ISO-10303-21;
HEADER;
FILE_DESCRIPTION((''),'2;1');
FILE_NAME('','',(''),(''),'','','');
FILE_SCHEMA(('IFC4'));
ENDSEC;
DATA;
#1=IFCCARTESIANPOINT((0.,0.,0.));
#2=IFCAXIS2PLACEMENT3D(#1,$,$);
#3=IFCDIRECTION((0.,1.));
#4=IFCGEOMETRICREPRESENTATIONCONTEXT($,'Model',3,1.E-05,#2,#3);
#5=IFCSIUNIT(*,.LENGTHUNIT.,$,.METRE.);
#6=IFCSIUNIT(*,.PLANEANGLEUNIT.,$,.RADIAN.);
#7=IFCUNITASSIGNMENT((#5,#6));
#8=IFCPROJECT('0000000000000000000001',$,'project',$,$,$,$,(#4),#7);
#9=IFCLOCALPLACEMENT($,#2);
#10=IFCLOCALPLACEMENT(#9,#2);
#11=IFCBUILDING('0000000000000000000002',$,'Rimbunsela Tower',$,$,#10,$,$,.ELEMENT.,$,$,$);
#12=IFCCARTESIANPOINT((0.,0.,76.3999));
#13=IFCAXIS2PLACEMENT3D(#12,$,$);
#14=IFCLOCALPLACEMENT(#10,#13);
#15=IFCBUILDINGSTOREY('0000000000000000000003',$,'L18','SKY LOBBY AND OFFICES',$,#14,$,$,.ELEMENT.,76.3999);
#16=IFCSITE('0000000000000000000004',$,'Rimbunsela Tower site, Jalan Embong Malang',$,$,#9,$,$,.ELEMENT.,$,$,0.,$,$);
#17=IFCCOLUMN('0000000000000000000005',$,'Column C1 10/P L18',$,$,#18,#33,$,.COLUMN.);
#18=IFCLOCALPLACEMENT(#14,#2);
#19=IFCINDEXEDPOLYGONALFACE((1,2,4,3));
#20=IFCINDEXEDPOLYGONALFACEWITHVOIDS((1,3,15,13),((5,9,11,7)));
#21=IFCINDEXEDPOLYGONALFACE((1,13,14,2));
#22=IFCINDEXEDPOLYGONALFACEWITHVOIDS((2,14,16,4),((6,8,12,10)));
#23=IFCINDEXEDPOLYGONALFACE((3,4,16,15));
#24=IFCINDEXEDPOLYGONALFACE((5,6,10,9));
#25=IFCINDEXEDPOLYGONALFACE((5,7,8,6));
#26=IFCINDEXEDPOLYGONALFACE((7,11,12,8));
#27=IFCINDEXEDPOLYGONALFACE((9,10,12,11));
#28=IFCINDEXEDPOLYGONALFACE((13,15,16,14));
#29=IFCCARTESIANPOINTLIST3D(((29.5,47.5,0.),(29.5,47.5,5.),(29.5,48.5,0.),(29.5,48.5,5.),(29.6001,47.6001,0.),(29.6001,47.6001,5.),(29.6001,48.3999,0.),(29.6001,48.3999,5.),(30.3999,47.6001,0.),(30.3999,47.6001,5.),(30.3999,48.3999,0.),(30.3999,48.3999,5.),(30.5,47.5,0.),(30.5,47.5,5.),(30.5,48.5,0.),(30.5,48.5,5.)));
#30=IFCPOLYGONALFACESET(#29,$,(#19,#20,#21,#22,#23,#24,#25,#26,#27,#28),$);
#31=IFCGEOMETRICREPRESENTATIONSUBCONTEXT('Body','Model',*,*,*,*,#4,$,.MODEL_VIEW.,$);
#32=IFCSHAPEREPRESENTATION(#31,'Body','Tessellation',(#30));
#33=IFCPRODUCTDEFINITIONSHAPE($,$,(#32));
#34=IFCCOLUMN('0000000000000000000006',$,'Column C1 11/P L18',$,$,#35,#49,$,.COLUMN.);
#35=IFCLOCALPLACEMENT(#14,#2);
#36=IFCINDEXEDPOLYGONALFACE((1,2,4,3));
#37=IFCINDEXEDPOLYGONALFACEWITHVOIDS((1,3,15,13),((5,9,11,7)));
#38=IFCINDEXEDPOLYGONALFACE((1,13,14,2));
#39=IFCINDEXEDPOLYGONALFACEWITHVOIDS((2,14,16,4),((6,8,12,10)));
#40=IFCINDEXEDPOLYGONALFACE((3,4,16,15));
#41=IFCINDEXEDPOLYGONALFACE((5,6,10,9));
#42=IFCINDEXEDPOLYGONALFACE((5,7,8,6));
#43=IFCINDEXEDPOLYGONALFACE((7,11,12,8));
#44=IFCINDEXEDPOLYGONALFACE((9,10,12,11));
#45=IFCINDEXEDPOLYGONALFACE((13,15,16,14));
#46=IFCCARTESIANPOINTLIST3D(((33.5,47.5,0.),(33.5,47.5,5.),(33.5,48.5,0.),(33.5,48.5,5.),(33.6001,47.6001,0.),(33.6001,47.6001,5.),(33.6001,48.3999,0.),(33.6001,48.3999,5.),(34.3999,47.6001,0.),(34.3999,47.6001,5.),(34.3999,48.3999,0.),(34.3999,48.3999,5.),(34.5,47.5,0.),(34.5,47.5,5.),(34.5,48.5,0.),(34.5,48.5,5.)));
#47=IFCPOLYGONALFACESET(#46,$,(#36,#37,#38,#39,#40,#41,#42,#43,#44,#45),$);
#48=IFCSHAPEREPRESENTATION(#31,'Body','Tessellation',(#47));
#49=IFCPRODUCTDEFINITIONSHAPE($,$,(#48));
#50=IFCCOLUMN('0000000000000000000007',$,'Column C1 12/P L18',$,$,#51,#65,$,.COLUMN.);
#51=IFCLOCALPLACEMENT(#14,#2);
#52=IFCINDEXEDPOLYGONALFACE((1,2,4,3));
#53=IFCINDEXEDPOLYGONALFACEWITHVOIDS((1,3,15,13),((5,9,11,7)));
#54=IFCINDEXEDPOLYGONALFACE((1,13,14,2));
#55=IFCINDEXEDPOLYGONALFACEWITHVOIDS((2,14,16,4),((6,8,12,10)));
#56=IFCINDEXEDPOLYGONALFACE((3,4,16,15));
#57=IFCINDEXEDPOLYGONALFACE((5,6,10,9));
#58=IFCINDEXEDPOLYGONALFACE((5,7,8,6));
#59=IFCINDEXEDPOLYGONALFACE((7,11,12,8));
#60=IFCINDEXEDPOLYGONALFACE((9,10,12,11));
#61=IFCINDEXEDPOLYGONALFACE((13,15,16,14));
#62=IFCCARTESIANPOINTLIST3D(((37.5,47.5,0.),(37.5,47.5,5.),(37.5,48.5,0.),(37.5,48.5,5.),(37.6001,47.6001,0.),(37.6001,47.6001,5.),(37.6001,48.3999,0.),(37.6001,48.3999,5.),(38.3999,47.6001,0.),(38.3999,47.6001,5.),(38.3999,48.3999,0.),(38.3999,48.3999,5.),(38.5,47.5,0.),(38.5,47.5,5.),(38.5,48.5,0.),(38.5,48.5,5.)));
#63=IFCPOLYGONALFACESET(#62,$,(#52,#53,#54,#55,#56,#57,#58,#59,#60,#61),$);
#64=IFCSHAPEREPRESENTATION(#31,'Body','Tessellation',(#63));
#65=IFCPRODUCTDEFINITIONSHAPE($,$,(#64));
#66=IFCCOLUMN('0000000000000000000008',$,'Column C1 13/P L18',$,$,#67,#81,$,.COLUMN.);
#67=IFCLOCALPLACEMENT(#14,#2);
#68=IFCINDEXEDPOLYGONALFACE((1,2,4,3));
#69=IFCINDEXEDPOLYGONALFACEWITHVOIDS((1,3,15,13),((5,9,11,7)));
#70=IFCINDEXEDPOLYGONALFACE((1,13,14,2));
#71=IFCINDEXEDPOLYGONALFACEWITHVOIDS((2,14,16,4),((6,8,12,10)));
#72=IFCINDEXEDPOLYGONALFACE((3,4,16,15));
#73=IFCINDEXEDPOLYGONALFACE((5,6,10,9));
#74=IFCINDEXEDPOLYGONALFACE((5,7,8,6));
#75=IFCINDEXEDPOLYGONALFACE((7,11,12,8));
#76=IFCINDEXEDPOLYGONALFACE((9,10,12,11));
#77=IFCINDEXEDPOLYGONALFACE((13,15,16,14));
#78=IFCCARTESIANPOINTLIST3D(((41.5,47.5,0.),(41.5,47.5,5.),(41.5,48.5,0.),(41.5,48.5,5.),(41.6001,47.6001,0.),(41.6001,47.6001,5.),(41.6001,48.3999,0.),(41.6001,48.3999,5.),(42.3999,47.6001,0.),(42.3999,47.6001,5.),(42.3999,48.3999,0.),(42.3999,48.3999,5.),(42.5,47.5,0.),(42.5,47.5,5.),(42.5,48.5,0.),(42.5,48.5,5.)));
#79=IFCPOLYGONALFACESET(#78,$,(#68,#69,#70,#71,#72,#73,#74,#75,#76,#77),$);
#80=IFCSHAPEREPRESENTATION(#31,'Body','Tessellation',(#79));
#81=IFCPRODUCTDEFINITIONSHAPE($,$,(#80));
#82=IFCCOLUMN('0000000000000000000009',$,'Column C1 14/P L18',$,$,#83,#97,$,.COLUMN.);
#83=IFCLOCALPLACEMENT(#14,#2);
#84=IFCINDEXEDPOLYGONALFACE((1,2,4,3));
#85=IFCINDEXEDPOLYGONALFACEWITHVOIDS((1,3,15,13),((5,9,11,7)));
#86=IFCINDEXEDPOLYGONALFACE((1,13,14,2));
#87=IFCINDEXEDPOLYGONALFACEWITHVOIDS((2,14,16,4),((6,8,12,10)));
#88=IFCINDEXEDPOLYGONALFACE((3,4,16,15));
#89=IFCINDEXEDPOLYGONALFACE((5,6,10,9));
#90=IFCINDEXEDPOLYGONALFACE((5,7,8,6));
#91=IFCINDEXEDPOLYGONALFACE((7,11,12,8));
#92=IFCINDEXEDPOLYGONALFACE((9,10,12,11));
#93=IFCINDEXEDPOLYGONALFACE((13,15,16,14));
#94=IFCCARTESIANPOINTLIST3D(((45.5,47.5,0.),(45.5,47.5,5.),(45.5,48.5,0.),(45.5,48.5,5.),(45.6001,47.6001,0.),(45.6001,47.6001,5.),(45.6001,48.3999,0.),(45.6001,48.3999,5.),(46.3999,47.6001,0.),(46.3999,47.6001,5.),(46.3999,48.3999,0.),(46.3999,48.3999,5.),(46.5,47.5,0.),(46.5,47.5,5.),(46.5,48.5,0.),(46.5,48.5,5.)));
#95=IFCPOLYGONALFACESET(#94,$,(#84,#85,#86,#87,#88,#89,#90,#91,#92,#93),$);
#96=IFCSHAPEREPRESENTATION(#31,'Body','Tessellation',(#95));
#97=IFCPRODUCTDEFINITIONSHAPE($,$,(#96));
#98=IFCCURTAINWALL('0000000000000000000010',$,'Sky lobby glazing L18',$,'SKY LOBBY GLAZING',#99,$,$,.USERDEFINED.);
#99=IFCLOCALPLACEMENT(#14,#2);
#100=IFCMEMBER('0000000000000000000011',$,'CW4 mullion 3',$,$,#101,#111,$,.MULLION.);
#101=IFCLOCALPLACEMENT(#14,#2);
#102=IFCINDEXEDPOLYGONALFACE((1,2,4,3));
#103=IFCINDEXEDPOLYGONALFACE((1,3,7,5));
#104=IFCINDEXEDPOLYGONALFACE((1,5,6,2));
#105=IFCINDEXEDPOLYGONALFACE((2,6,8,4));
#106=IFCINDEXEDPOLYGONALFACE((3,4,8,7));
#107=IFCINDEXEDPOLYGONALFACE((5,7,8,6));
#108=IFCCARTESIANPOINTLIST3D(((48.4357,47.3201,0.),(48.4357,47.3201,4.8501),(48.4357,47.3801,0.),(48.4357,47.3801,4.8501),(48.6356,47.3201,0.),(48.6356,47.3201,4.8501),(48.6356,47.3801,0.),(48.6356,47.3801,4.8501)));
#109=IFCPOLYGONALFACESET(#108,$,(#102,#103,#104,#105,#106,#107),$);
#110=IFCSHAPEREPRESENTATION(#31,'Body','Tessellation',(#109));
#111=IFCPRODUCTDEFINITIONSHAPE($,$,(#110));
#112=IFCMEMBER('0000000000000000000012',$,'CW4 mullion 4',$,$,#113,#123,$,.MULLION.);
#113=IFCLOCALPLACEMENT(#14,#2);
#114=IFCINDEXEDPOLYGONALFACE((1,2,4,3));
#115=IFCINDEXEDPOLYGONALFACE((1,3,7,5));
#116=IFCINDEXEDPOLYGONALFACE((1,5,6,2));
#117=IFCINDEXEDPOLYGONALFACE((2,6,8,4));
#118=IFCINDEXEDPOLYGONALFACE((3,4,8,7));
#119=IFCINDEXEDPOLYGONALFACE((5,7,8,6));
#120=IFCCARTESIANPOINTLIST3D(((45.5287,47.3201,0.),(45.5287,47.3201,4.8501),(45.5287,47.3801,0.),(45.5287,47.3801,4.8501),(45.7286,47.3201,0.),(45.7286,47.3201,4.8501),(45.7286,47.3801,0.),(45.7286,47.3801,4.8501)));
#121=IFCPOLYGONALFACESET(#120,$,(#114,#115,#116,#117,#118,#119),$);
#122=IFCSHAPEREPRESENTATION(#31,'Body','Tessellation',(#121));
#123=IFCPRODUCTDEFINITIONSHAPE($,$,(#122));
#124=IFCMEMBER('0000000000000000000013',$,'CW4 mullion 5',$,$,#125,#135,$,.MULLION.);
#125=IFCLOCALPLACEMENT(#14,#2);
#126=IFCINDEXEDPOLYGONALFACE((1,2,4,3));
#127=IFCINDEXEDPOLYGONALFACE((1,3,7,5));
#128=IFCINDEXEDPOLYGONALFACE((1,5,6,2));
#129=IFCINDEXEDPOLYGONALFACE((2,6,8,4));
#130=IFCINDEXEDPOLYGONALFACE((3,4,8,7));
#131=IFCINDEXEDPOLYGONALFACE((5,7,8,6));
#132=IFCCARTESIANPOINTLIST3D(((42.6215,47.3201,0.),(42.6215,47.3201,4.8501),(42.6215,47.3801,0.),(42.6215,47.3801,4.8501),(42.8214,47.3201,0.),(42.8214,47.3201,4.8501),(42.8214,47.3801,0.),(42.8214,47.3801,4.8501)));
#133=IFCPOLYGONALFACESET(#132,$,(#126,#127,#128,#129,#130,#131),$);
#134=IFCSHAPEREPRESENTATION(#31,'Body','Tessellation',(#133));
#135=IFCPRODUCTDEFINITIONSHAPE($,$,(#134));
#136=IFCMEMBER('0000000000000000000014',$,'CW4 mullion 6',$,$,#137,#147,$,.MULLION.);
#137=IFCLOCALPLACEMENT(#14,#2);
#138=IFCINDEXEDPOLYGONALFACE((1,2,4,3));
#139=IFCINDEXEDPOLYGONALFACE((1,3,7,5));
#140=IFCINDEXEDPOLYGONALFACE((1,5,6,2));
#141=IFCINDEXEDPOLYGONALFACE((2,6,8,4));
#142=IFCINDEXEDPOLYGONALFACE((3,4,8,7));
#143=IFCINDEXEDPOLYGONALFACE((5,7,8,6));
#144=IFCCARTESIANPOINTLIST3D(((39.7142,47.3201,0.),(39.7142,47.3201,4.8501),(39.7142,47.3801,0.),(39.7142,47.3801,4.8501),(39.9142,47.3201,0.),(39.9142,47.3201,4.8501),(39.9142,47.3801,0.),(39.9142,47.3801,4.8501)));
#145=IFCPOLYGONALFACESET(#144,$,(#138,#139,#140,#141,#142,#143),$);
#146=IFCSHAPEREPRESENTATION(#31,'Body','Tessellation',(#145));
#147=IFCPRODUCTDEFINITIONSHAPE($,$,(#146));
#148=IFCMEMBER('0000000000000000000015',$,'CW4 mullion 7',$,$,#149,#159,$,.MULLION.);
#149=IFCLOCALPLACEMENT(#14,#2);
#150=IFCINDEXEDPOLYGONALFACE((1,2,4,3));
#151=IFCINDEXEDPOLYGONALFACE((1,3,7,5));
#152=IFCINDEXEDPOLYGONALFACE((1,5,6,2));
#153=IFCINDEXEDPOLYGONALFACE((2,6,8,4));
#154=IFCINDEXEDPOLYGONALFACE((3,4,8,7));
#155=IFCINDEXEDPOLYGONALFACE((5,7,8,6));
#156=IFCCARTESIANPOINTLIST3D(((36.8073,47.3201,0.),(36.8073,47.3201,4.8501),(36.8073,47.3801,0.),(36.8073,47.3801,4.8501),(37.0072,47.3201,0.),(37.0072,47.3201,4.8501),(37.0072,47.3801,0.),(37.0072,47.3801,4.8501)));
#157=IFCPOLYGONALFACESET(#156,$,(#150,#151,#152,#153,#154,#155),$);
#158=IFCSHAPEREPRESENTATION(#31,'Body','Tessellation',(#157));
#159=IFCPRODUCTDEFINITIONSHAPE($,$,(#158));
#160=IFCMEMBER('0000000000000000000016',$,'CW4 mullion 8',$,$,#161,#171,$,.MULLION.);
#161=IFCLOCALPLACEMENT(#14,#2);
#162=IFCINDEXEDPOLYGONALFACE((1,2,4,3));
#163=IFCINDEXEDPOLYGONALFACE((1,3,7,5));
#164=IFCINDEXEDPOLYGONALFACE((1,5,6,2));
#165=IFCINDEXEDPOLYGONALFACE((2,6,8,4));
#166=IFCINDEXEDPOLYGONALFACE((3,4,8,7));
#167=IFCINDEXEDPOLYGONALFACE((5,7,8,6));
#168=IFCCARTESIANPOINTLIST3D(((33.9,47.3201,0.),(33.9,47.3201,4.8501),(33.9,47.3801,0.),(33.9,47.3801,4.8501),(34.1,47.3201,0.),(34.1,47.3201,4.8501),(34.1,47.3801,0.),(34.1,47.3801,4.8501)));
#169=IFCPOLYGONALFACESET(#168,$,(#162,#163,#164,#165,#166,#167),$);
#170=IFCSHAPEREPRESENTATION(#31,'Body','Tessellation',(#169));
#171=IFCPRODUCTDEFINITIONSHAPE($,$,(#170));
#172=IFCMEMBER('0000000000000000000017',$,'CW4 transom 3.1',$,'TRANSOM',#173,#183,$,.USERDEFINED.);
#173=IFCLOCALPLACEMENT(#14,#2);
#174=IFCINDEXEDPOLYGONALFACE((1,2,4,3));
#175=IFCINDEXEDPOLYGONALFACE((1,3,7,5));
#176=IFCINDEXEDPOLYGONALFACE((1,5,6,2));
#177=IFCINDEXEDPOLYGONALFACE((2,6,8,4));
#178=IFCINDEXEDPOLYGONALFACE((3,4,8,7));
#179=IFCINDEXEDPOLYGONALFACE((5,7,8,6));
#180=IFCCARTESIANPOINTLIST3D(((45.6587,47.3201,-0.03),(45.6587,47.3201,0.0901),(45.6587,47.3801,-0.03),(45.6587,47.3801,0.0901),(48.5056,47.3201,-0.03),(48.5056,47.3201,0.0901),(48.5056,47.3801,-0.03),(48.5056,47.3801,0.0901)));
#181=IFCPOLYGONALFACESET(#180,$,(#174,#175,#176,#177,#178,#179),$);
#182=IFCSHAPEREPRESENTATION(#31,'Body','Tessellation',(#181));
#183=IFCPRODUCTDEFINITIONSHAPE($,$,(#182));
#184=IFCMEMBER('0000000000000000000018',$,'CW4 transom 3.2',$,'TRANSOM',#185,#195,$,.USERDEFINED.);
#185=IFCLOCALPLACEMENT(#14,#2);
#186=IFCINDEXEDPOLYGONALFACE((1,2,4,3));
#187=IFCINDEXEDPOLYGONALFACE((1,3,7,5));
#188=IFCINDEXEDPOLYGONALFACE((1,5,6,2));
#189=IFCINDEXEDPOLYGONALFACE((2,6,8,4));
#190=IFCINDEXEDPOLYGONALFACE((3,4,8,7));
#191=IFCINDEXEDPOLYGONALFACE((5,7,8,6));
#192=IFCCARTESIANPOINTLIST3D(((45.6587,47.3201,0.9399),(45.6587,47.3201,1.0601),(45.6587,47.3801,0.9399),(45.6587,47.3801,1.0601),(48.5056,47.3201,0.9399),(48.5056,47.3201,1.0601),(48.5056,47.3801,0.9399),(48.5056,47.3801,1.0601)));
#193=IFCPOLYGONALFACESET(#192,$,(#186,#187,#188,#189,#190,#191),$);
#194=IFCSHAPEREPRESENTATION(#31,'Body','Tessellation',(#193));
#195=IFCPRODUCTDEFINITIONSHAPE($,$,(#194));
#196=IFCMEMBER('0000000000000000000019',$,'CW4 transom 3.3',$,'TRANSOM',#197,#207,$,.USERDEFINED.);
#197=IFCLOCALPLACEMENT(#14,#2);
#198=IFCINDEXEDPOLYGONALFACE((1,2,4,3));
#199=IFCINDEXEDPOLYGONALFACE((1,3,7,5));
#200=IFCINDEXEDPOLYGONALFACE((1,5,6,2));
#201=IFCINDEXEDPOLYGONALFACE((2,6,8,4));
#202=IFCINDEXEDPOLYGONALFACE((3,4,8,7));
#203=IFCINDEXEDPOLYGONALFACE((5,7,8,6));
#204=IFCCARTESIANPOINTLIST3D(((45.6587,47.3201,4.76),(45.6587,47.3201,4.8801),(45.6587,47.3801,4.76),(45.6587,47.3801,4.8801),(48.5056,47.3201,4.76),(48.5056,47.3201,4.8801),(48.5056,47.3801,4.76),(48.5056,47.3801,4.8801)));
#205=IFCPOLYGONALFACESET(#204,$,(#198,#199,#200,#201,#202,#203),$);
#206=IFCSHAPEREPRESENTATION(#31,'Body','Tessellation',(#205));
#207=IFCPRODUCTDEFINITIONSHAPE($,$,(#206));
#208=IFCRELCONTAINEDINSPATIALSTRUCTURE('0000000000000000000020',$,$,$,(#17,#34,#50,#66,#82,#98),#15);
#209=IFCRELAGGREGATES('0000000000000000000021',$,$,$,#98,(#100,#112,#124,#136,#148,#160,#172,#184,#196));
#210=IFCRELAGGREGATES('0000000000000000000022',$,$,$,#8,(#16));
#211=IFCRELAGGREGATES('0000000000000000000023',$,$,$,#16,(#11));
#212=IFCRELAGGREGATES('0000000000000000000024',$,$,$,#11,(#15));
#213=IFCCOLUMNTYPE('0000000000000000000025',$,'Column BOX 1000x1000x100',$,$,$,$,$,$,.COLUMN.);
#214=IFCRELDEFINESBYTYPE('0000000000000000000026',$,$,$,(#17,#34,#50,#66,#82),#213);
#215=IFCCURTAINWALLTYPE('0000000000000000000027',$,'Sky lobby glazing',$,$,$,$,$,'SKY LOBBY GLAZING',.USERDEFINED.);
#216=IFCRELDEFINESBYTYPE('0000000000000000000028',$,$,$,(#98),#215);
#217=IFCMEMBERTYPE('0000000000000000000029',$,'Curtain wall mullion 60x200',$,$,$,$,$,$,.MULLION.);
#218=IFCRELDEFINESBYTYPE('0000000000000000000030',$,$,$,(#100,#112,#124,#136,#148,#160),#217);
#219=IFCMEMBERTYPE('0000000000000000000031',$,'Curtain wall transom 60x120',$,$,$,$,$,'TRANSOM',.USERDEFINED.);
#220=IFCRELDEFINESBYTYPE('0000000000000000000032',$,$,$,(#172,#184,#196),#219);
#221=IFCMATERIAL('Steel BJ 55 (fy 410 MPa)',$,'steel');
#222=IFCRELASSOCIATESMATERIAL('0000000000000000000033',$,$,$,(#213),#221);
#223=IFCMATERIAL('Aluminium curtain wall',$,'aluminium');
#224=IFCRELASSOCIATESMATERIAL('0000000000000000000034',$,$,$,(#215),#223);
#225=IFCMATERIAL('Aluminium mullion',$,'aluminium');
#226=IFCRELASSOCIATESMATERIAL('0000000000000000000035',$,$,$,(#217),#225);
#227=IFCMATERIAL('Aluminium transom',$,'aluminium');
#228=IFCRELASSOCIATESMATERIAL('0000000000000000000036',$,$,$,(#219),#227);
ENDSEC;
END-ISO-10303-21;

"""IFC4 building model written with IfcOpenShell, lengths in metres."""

from ifc_helpers import new_model, si_unit, direction, frame, origin, origin_2d, place, context, subcontext, project, spatial, rectangle, hollow_rectangle, extrude, material, material_profile, profile_set, type_object, element, aggregate, save


model = new_model("IFC4")

# Units and contexts
model_context = context("Model", 3, precision=1e-05, world=origin(), true_north=direction((0.0, 1.0)))
body_context = subcontext(model_context, "Body", "Model", "MODEL_VIEW")
ifc_project = project(units=[si_unit("LENGTHUNIT", "METRE"), si_unit("PLANEANGLEUNIT", "RADIAN")], contexts=[model_context])

# Site, building, storey
site_placement = place(None, origin())
site = spatial("IfcSite", under=ifc_project, at=site_placement, Name="Rimbunsela Tower site, Jalan Embong Malang", CompositionType="ELEMENT", RefElevation=0.0)
building_placement = place(site_placement, origin())
building = spatial("IfcBuilding", under=site, at=building_placement, Name="Rimbunsela Tower", CompositionType="ELEMENT")
storey_placement = place(building_placement, frame((0.0, 0.0, 76.3999)))
storey = spatial("IfcBuildingStorey", under=building, at=storey_placement, Name="L18", Description="SKY LOBBY AND OFFICES", CompositionType="ELEMENT", Elevation=76.3999)

# Columns
ifc_material_1 = material(Name="Steel BJ 55 (fy 410 MPa)", Category="steel")
ifc_material_profile_1 = material_profile(ifc_material_1, hollow_rectangle(XDim=1.0, YDim=1.0, WallThickness=0.1001, at=origin_2d()), Name="BOX 1000x1000x100")
ifc_profile_set_1 = profile_set([ifc_material_profile_1], Name="Steel BJ 55 (fy 410 MPa)")
column_type = type_object("IfcColumnType", Name="Column BOX 1000x1000x100", PredefinedType="COLUMN", material=ifc_profile_set_1)
for number, where, z_axis, x_axis, name in (
    (1, (30.0, 48.0, 0.0), (0.0, 0.0, 1.0), (1.0, 0.0, 0.0), "Column C1 10/P L18"),
    (2, (34.0, 48.0, 0.0), (0.0, 0.0, 1.0), (1.0, 0.0, 0.0), "Column C1 11/P L18"),
    (3, (38.0, 48.0, 0.0), (0.0, 0.0, 1.0), (1.0, 0.0, 0.0), "Column C1 12/P L18"),
    (4, (42.0, 48.0, 0.0), (0.0, 0.0, 1.0), (1.0, 0.0, 0.0), "Column C1 13/P L18"),
    (5, (46.0, 48.0, 0.0), (0.0, 0.0, 1.0), (1.0, 0.0, 0.0), "Column C1 14/P L18"),
):
    element("IfcColumn", number, at=place(storey_placement, frame(where, z_axis=z_axis, x_axis=x_axis)), inside=storey, type_object=column_type, Name=name, PredefinedType="COLUMN", context=body_context, shape_type="SweptSolid", body=[
        extrude(hollow_rectangle(XDim=1.0, YDim=1.0, WallThickness=0.1001, at=origin_2d()), origin(), (0.0, 0.0, 1.0), 5.0),
    ])

# Curtain wall, members
ifc_material_2 = material(Name="Aluminium curtain wall", Category="aluminium")
curtain_wall_type = type_object("IfcCurtainWallType", Name="Sky lobby glazing", ElementType="SKY LOBBY GLAZING", PredefinedType="USERDEFINED", material=ifc_material_2)
curtain_wall_placement = place(storey_placement, origin())
curtain_wall = element("IfcCurtainWall", 6, at=curtain_wall_placement, inside=storey, type_object=curtain_wall_type, Name="Sky lobby glazing L18", ObjectType="SKY LOBBY GLAZING", PredefinedType="USERDEFINED")
ifc_material_3 = material(Name="Aluminium mullion", Category="aluminium")
ifc_material_profile_2 = material_profile(ifc_material_3, rectangle(XDim=0.0601, YDim=0.2, at=origin_2d()), Name="Mullion 60x200")
ifc_profile_set_2 = profile_set([ifc_material_profile_2], Name="Aluminium mullion")
member_type_1 = type_object("IfcMemberType", Name="Curtain wall mullion 60x200", PredefinedType="MULLION", material=ifc_profile_set_2)
member_1_placement = place(storey_placement, frame((48.5356, 47.3501, 0.0), z_axis=(0.0, 0.0, 1.0), x_axis=(0.0, -1.0, 0.0)))
member_1 = element("IfcMember", 7, at=member_1_placement, type_object=member_type_1, Name="CW4 mullion 3", PredefinedType="MULLION", context=body_context, shape_type="SweptSolid", body=[
    extrude(rectangle(XDim=0.0601, YDim=0.2, at=origin_2d()), origin(), (0.0, 0.0, 1.0), 4.8501),
])
member_2_placement = place(storey_placement, frame((45.6287, 47.3501, 0.0), z_axis=(0.0, 0.0, 1.0), x_axis=(0.0, -1.0, 0.0)))
member_2 = element("IfcMember", 8, at=member_2_placement, type_object=member_type_1, Name="CW4 mullion 4", PredefinedType="MULLION", context=body_context, shape_type="SweptSolid", body=[
    extrude(rectangle(XDim=0.0601, YDim=0.2, at=origin_2d()), origin(), (0.0, 0.0, 1.0), 4.8501),
])
member_3_placement = place(storey_placement, frame((42.7214, 47.3501, 0.0), z_axis=(0.0, 0.0, 1.0), x_axis=(0.0, -1.0, 0.0)))
member_3 = element("IfcMember", 9, at=member_3_placement, type_object=member_type_1, Name="CW4 mullion 5", PredefinedType="MULLION", context=body_context, shape_type="SweptSolid", body=[
    extrude(rectangle(XDim=0.0601, YDim=0.2, at=origin_2d()), origin(), (0.0, 0.0, 1.0), 4.8501),
])
member_4_placement = place(storey_placement, frame((39.8142, 47.3501, 0.0), z_axis=(0.0, 0.0, 1.0), x_axis=(0.0, -1.0, 0.0)))
member_4 = element("IfcMember", 10, at=member_4_placement, type_object=member_type_1, Name="CW4 mullion 6", PredefinedType="MULLION", context=body_context, shape_type="SweptSolid", body=[
    extrude(rectangle(XDim=0.0601, YDim=0.2, at=origin_2d()), origin(), (0.0, 0.0, 1.0), 4.8501),
])
member_5_placement = place(storey_placement, frame((36.9072, 47.3501, 0.0), z_axis=(0.0, 0.0, 1.0), x_axis=(0.0, -1.0, 0.0)))
member_5 = element("IfcMember", 11, at=member_5_placement, type_object=member_type_1, Name="CW4 mullion 7", PredefinedType="MULLION", context=body_context, shape_type="SweptSolid", body=[
    extrude(rectangle(XDim=0.0601, YDim=0.2, at=origin_2d()), origin(), (0.0, 0.0, 1.0), 4.8501),
])
member_6_placement = place(storey_placement, frame((34.0, 47.3501, 0.0), z_axis=(0.0, 0.0, 1.0), x_axis=(0.0, -1.0, 0.0)))
member_6 = element("IfcMember", 12, at=member_6_placement, type_object=member_type_1, Name="CW4 mullion 8", PredefinedType="MULLION", context=body_context, shape_type="SweptSolid", body=[
    extrude(rectangle(XDim=0.0601, YDim=0.2, at=origin_2d()), origin(), (0.0, 0.0, 1.0), 4.8501),
])
ifc_material_4 = material(Name="Aluminium transom", Category="aluminium")
ifc_material_profile_3 = material_profile(ifc_material_4, rectangle(XDim=0.0601, YDim=0.1201, at=origin_2d()), Name="Transom 60x120")
ifc_profile_set_3 = profile_set([ifc_material_profile_3], Name="Aluminium transom")
member_type_2 = type_object("IfcMemberType", Name="Curtain wall transom 60x120", ElementType="TRANSOM", PredefinedType="USERDEFINED", material=ifc_profile_set_3)
member_7_placement = place(storey_placement, frame((48.5056, 47.3501, 0.03), z_axis=(-1.0, 0.0, 0.0), x_axis=(0.0, -1.0, 0.0)))
member_7 = element("IfcMember", 13, at=member_7_placement, type_object=member_type_2, Name="CW4 transom 3.1", ObjectType="TRANSOM", PredefinedType="USERDEFINED", context=body_context, shape_type="SweptSolid", body=[
    extrude(rectangle(XDim=0.0601, YDim=0.1201, at=origin_2d()), origin(), (0.0, 0.0, 1.0), 2.8469),
])
member_8_placement = place(storey_placement, frame((48.5056, 47.3501, 1.0), z_axis=(-1.0, 0.0, 0.0), x_axis=(0.0, -1.0, 0.0)))
member_8 = element("IfcMember", 14, at=member_8_placement, type_object=member_type_2, Name="CW4 transom 3.2", ObjectType="TRANSOM", PredefinedType="USERDEFINED", context=body_context, shape_type="SweptSolid", body=[
    extrude(rectangle(XDim=0.0601, YDim=0.1201, at=origin_2d()), origin(), (0.0, 0.0, 1.0), 2.8469),
])
member_9_placement = place(storey_placement, frame((48.5056, 47.3501, 4.8201), z_axis=(-1.0, 0.0, 0.0), x_axis=(0.0, -1.0, 0.0)))
member_9 = element("IfcMember", 15, at=member_9_placement, type_object=member_type_2, Name="CW4 transom 3.3", ObjectType="TRANSOM", PredefinedType="USERDEFINED", context=body_context, shape_type="SweptSolid", body=[
    extrude(rectangle(XDim=0.0601, YDim=0.1201, at=origin_2d()), origin(), (0.0, 0.0, 1.0), 2.8469),
])
aggregate(curtain_wall, [member_1, member_2, member_3, member_4, member_5, member_6, member_7, member_8, member_9])

save(model, "model.ifc")
